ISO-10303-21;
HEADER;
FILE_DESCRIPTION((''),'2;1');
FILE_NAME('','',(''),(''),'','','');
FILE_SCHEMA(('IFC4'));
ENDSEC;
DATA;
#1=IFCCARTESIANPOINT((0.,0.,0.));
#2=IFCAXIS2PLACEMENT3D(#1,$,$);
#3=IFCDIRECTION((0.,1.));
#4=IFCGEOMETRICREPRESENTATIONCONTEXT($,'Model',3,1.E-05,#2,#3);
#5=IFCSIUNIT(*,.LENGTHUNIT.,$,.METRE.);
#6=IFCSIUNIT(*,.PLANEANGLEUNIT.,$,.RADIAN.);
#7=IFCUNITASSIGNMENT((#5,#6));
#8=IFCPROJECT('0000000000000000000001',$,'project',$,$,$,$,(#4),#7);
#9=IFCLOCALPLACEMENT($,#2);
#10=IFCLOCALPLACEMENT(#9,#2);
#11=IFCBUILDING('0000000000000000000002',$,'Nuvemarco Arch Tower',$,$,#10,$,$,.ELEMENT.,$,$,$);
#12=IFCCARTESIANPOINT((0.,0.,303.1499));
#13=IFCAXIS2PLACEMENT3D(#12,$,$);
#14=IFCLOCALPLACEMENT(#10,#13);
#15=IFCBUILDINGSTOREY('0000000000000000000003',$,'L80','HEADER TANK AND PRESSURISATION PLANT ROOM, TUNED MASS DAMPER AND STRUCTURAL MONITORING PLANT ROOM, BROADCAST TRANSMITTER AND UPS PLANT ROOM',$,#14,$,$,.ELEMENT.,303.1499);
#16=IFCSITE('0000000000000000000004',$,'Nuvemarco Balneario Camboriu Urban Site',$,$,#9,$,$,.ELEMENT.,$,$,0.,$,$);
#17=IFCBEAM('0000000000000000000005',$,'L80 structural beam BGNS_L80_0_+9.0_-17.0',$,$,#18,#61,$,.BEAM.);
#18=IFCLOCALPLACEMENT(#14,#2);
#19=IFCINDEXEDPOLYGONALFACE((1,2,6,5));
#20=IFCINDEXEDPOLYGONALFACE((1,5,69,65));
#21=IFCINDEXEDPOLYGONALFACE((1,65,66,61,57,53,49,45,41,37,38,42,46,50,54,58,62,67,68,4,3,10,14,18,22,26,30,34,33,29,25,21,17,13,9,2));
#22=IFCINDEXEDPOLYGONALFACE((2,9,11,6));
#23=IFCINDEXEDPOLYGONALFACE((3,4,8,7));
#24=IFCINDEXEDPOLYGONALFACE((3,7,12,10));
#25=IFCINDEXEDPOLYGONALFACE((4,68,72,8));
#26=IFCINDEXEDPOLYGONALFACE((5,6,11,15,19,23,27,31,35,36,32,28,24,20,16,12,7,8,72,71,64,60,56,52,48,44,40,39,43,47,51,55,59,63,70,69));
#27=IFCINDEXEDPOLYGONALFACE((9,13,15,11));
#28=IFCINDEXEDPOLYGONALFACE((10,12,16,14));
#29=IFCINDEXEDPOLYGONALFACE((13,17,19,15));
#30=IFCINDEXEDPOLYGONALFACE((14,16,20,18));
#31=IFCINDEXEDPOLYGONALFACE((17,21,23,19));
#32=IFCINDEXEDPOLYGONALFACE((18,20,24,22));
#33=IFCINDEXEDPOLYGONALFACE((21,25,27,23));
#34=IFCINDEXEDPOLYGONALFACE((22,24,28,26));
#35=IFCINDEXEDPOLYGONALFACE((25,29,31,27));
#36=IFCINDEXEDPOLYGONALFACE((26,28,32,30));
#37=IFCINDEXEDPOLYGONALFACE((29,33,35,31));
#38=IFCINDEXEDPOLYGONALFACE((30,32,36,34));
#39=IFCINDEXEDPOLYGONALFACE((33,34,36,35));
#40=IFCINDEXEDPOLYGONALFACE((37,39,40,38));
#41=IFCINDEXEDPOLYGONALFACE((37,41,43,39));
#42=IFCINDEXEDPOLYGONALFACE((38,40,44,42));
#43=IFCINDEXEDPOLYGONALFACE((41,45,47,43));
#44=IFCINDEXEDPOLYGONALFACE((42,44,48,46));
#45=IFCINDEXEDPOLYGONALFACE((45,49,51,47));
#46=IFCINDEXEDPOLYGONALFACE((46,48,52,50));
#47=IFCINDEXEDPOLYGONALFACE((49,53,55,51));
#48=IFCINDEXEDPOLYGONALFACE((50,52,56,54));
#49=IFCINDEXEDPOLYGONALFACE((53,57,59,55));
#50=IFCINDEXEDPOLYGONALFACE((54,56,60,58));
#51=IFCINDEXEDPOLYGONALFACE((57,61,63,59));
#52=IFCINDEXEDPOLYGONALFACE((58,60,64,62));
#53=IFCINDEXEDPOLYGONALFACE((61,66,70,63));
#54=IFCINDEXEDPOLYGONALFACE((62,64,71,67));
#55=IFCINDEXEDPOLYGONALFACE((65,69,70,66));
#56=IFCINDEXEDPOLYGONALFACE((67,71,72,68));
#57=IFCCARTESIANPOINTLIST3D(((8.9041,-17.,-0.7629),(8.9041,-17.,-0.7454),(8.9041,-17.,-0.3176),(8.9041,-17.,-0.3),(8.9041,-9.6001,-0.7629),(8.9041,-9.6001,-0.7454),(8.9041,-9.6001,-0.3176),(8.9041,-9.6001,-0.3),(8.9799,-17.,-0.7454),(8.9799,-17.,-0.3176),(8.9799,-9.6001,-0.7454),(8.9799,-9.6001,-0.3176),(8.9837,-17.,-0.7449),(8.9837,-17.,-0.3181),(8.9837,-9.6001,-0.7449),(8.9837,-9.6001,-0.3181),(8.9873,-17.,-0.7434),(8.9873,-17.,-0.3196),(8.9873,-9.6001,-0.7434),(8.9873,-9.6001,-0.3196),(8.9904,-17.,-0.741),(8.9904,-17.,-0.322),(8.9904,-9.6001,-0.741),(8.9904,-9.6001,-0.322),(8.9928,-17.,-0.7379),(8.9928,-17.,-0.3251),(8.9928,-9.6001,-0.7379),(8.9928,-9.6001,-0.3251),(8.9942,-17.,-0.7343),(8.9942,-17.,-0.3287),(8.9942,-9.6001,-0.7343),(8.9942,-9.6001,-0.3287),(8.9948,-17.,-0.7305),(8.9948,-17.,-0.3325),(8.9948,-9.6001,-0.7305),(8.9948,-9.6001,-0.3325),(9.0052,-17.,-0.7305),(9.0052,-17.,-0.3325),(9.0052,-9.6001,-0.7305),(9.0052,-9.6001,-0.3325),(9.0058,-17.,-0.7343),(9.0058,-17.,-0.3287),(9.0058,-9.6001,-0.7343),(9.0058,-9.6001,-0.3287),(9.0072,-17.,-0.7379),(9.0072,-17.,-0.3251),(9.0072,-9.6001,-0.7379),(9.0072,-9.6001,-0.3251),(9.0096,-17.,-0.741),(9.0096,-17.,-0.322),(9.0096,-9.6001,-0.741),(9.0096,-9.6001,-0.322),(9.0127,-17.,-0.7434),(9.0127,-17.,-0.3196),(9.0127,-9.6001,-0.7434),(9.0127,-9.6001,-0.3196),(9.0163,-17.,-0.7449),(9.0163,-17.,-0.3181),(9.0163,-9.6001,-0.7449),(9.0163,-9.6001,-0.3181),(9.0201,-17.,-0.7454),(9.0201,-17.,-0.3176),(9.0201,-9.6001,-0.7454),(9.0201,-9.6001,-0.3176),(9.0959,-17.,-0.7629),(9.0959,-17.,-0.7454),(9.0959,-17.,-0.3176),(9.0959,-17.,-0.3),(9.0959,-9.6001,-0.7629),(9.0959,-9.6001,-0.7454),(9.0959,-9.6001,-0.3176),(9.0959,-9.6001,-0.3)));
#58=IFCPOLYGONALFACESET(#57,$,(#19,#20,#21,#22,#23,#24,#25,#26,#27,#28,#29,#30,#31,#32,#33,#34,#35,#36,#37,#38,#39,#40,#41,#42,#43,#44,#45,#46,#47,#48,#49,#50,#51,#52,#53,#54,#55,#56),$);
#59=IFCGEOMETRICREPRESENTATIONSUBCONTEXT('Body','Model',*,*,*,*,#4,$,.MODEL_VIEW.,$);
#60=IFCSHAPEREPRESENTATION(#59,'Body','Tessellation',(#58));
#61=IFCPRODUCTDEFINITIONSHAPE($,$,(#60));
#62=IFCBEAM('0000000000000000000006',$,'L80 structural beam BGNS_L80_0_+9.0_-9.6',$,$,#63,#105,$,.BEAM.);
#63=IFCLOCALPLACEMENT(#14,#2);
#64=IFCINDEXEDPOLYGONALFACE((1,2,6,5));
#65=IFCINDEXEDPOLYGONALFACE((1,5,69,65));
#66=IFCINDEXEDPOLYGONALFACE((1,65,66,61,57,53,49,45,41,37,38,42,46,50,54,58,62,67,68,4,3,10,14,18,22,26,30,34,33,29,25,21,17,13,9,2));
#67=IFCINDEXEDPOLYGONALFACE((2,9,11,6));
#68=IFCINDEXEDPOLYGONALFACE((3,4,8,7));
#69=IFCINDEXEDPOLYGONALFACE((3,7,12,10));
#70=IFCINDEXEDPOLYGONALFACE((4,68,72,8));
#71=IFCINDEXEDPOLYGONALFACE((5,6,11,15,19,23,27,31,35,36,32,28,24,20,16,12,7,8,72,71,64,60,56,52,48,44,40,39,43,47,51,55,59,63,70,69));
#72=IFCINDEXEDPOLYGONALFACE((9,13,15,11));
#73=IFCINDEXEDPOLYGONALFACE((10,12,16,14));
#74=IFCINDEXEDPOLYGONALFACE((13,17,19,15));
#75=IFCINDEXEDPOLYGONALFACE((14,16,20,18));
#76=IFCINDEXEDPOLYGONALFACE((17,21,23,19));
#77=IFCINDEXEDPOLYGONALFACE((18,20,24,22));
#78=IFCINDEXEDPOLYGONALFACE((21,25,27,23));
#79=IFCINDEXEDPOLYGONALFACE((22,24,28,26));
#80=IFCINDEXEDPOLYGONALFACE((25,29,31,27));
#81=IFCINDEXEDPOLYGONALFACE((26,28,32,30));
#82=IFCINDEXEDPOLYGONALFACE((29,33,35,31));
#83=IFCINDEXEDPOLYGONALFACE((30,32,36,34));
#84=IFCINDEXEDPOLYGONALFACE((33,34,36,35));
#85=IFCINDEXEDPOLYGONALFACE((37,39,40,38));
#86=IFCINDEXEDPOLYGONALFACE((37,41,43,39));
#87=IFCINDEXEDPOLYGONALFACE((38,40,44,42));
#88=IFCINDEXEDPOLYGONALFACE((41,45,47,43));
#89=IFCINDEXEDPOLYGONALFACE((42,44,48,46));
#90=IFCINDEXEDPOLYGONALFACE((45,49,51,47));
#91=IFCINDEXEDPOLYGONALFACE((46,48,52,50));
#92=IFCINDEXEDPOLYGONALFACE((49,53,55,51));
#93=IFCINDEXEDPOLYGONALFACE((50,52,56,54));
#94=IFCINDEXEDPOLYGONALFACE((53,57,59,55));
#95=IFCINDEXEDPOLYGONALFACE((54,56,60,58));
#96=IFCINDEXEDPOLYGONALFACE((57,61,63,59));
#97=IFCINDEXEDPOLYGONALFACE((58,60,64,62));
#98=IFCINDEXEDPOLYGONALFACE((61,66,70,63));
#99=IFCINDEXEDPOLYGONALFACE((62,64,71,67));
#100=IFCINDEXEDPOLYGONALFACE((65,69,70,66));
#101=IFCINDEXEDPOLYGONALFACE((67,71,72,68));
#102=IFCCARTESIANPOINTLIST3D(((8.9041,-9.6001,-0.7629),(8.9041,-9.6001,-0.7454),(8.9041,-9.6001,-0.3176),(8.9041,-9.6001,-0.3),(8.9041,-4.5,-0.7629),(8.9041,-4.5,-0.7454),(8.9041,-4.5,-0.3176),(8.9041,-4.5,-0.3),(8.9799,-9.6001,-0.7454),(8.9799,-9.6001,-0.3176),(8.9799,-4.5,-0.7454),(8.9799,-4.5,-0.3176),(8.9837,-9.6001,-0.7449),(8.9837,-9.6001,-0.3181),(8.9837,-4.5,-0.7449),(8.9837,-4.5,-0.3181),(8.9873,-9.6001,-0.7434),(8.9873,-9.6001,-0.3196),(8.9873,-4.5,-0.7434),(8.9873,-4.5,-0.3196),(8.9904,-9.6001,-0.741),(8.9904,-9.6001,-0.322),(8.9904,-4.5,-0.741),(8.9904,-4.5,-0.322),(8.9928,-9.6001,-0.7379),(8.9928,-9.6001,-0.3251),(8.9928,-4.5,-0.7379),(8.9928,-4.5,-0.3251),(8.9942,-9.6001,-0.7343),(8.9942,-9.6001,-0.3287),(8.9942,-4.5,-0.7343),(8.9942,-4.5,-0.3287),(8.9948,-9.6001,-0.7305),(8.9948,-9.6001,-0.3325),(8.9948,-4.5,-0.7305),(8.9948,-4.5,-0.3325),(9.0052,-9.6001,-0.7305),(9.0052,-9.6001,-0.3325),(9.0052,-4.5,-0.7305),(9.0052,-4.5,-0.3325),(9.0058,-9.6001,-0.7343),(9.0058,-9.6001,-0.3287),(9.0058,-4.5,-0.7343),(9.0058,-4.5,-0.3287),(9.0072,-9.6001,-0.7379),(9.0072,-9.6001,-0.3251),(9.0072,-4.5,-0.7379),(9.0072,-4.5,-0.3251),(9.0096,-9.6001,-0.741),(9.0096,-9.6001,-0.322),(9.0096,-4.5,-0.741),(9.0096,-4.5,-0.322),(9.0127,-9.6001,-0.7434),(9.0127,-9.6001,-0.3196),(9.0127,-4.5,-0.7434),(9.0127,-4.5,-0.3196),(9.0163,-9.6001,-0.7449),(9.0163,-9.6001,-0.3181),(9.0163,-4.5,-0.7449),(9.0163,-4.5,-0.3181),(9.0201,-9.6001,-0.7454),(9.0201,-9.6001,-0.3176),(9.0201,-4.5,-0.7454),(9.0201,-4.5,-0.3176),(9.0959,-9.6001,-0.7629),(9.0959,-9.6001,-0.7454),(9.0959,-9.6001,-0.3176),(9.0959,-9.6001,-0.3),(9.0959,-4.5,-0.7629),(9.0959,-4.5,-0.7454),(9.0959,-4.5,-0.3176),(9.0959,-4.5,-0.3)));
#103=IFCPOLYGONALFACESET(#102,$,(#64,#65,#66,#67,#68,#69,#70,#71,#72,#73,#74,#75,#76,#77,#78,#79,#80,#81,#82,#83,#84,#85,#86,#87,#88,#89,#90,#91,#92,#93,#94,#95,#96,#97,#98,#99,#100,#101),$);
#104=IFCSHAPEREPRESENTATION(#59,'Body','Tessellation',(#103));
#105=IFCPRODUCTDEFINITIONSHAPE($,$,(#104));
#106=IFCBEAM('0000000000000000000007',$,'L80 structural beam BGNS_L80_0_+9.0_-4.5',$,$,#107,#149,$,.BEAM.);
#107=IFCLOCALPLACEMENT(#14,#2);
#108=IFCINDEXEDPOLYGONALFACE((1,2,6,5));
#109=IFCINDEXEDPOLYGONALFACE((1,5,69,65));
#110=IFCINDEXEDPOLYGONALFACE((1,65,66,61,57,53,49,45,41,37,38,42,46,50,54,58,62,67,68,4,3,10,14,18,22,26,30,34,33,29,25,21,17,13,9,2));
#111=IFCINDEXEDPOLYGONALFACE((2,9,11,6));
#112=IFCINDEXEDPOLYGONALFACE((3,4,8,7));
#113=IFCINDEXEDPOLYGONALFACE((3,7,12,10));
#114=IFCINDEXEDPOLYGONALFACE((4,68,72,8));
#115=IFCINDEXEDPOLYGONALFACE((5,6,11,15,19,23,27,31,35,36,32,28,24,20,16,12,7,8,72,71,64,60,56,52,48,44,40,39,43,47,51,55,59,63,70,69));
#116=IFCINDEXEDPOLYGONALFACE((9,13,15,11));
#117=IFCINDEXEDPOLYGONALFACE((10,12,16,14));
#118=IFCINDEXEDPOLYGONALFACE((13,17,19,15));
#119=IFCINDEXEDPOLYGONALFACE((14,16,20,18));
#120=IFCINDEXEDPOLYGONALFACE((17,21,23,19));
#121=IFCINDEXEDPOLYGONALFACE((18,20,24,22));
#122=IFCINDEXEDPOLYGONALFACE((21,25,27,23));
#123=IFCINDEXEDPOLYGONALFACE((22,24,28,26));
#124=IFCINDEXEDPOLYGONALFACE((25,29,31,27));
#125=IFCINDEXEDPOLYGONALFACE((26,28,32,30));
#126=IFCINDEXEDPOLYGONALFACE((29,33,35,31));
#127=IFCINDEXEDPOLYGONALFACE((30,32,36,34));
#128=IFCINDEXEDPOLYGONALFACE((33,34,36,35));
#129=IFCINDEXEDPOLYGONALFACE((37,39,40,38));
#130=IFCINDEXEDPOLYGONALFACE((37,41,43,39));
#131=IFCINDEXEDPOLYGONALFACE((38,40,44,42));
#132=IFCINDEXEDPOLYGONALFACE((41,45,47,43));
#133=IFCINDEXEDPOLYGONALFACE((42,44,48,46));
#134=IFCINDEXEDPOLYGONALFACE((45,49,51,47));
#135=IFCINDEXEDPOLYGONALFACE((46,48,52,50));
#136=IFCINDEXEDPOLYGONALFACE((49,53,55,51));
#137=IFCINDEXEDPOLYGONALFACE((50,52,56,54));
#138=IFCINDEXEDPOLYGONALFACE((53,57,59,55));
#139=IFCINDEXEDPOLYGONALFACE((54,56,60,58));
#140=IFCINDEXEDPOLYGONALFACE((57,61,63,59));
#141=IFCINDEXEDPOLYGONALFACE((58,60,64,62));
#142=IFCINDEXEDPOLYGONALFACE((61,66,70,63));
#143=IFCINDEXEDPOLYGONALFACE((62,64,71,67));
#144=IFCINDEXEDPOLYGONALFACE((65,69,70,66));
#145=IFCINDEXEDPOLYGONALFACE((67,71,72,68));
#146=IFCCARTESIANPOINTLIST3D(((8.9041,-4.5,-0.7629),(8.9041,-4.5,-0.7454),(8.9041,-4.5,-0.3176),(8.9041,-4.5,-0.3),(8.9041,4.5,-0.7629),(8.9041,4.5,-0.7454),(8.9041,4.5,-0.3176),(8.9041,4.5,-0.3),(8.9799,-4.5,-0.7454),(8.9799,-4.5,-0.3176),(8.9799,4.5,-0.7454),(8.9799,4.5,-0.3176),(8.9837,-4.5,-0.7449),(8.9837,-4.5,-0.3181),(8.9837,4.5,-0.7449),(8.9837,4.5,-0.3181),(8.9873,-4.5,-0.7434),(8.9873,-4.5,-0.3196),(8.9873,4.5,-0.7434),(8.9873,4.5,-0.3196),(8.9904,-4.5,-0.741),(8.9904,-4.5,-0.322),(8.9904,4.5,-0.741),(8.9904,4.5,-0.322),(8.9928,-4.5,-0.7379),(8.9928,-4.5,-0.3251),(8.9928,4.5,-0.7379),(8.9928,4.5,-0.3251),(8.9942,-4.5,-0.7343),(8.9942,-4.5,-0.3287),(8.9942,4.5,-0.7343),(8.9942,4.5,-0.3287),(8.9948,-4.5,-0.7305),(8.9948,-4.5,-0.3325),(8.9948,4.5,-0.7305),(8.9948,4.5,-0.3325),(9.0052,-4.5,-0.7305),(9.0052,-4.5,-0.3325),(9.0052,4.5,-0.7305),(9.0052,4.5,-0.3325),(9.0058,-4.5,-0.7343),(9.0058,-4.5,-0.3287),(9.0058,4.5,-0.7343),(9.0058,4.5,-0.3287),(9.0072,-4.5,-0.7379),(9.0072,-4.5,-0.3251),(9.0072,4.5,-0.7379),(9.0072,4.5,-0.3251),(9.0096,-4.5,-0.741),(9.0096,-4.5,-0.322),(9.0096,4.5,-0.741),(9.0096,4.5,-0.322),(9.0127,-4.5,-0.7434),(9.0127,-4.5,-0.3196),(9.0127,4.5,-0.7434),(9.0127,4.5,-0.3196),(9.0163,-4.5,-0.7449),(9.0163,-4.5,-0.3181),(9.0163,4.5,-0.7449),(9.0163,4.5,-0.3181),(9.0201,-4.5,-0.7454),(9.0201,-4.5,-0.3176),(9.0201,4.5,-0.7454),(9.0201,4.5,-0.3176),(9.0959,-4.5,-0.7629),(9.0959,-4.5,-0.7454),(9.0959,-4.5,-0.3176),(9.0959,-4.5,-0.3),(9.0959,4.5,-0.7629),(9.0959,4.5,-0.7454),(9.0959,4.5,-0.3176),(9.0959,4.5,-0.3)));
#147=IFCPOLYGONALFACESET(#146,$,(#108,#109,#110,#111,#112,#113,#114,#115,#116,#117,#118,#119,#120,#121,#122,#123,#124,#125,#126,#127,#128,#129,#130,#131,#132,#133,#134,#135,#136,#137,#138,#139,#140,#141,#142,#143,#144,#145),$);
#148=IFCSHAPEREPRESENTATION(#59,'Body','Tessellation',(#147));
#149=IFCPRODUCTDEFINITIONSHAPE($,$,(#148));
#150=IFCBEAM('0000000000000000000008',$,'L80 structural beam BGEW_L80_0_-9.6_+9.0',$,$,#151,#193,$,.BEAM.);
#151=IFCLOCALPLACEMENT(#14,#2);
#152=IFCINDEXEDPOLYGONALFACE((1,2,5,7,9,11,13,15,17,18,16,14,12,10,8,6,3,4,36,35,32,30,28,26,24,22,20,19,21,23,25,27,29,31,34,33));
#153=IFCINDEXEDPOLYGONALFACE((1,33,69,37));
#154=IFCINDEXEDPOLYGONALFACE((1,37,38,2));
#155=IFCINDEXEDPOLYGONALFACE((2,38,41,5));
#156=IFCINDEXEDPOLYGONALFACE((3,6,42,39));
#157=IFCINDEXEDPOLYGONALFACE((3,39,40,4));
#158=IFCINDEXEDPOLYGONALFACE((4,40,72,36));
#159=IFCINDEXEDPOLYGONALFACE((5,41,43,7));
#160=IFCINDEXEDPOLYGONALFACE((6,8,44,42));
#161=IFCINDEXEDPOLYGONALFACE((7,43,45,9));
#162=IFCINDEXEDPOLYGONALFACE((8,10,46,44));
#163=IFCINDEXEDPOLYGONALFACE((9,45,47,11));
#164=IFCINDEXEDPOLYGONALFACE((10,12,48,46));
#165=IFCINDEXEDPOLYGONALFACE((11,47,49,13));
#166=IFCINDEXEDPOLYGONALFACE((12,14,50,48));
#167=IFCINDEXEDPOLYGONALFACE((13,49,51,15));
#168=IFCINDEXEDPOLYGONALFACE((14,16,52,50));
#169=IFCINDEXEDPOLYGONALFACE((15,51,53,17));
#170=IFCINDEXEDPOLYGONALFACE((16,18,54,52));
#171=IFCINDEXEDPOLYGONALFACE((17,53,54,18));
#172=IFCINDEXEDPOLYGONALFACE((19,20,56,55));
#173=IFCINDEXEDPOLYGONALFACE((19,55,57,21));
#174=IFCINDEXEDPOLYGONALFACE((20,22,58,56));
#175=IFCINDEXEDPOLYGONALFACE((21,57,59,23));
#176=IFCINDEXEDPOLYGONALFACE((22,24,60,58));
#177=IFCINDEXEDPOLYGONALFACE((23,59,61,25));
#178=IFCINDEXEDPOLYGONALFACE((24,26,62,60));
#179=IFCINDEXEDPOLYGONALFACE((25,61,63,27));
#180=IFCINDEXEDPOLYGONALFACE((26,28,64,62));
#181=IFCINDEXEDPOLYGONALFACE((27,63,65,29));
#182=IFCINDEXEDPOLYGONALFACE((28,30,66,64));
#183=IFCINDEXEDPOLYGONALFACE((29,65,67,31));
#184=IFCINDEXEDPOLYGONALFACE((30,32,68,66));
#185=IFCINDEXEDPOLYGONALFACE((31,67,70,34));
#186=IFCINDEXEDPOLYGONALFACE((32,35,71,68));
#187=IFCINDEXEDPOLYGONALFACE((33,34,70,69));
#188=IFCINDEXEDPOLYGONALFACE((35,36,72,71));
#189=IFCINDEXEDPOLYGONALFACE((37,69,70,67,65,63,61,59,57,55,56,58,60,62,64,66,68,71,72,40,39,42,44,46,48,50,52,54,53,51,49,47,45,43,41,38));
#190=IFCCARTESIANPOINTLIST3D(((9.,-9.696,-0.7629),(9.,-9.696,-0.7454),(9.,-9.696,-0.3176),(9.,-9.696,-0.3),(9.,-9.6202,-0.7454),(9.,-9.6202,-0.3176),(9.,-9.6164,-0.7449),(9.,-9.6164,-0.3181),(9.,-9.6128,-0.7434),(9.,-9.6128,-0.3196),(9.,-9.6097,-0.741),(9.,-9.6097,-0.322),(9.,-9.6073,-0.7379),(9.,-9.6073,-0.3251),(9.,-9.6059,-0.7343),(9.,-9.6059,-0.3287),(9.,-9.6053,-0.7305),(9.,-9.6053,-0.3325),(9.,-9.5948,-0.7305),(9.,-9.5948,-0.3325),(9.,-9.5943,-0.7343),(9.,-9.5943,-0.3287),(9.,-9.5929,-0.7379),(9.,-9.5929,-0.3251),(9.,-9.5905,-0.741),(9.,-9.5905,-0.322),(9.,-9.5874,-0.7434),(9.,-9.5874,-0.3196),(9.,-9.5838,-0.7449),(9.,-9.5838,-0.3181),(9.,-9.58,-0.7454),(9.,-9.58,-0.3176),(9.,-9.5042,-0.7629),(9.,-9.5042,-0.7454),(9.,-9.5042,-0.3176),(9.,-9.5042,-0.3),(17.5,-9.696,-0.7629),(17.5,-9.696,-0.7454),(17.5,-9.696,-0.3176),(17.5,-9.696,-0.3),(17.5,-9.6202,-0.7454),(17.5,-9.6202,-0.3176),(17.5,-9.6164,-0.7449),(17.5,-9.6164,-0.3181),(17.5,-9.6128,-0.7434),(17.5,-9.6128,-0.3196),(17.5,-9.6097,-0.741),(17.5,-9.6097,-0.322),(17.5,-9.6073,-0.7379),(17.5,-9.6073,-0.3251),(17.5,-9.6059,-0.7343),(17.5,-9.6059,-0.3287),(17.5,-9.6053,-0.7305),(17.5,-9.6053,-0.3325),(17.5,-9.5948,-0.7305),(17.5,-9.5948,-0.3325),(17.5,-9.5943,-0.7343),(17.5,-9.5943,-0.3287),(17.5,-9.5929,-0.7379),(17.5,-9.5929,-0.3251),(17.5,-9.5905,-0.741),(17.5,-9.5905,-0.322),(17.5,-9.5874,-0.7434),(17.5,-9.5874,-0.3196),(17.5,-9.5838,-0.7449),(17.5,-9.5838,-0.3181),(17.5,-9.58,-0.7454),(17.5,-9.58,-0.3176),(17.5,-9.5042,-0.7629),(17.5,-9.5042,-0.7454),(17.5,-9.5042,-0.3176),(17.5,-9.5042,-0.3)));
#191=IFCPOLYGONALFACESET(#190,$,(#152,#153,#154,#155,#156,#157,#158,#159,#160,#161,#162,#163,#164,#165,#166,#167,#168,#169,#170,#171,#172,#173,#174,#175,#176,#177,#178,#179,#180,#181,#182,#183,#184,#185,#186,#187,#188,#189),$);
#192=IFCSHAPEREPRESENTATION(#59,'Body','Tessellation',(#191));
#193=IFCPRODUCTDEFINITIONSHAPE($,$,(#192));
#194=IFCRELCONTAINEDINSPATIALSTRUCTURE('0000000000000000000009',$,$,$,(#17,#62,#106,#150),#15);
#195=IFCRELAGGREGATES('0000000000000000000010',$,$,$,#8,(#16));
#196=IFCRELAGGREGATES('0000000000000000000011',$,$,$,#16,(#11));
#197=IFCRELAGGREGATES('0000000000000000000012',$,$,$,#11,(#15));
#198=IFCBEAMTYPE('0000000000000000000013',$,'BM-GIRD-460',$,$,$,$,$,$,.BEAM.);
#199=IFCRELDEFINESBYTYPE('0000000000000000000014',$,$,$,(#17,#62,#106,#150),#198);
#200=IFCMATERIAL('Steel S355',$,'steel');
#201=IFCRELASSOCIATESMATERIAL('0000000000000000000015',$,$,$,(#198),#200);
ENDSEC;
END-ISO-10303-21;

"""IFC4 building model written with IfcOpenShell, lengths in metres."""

from ifc_helpers import new_model, si_unit, direction, frame, origin, origin_2d, place, context, subcontext, project, spatial, i_section, extrude, material, material_profile, profile_set, type_object, element, save


model = new_model("IFC4")

# Units and contexts
model_context = context("Model", 3, precision=1e-05, world=origin(), true_north=direction((0.0, 1.0)))
body_context = subcontext(model_context, "Body", "Model", "MODEL_VIEW")
ifc_project = project(units=[si_unit("LENGTHUNIT", "METRE"), si_unit("PLANEANGLEUNIT", "RADIAN")], contexts=[model_context])

# Site, building, storey
site_placement = place(None, origin())
site = spatial("IfcSite", under=ifc_project, at=site_placement, Name="Nuvemarco Balneario Camboriu Urban Site", CompositionType="ELEMENT", RefElevation=0.0)
building_placement = place(site_placement, origin())
building = spatial("IfcBuilding", under=site, at=building_placement, Name="Nuvemarco Arch Tower", CompositionType="ELEMENT")
storey_placement = place(building_placement, frame((0.0, 0.0, 303.1499)))
storey = spatial("IfcBuildingStorey", under=building, at=storey_placement, Name="L80", Description="HEADER TANK AND PRESSURISATION PLANT ROOM, TUNED MASS DAMPER AND STRUCTURAL MONITORING PLANT ROOM, BROADCAST TRANSMITTER AND UPS PLANT ROOM", CompositionType="ELEMENT", Elevation=303.1499)

# Shared definitions
ifc_material_1 = material(Name="Steel S355", Category="steel")

# Beams
ifc_material_profile_1 = material_profile(ifc_material_1, i_section(OverallWidth=0.1919, OverallDepth=0.4629, WebThickness=0.0105, FlangeThickness=0.0176, FilletRadius=0.0149, at=origin_2d()), Name="W460x89")
ifc_profile_set_1 = profile_set([ifc_material_profile_1], Name="Steel S355")
beam_type_1 = type_object("IfcBeamType", Name="BM-GIRD-460", PredefinedType="BEAM", material=ifc_profile_set_1)
beam_1_placement = place(storey_placement, frame((9.0, -17.0, -0.5315), z_axis=(0.0, 1.0, 0.0), x_axis=(-1.0, 0.0, 0.0)))
element("IfcBeam", 1, at=beam_1_placement, inside=storey, type_object=beam_type_1, Name="L80 structural beam BGNS_L80_0_+9.0_-17.0", PredefinedType="BEAM", context=body_context, shape_type="SweptSolid", body=[
    extrude(i_section(OverallWidth=0.1919, OverallDepth=0.4629, WebThickness=0.0105, FlangeThickness=0.0176, FilletRadius=0.0149, at=origin_2d()), origin(), (0.0, 0.0, 1.0), 7.3999),
])
beam_2_placement = place(storey_placement, frame((9.0, -9.6001, -0.5315), z_axis=(0.0, 1.0, 0.0), x_axis=(-1.0, 0.0, 0.0)))
element("IfcBeam", 2, at=beam_2_placement, inside=storey, type_object=beam_type_1, Name="L80 structural beam BGNS_L80_0_+9.0_-9.6", PredefinedType="BEAM", context=body_context, shape_type="SweptSolid", body=[
    extrude(i_section(OverallWidth=0.1919, OverallDepth=0.4629, WebThickness=0.0105, FlangeThickness=0.0176, FilletRadius=0.0149, at=origin_2d()), origin(), (0.0, 0.0, 1.0), 5.1001),
])
beam_3_placement = place(storey_placement, frame((9.0, -4.5, -0.5315), z_axis=(0.0, 1.0, 0.0), x_axis=(-1.0, 0.0, 0.0)))
element("IfcBeam", 3, at=beam_3_placement, inside=storey, type_object=beam_type_1, Name="L80 structural beam BGNS_L80_0_+9.0_-4.5", PredefinedType="BEAM", context=body_context, shape_type="SweptSolid", body=[
    extrude(i_section(OverallWidth=0.1919, OverallDepth=0.4629, WebThickness=0.0105, FlangeThickness=0.0176, FilletRadius=0.0149, at=origin_2d()), origin(), (0.0, 0.0, 1.0), 9.0),
])
for number, where, z_axis, x_axis, name in (
    (4, (9.0, -9.6001, -0.5315), (1.0, 0.0, 0.0), (0.0, 1.0, 0.0), "L80 structural beam BGEW_L80_0_-9.6_+9.0"),
):
    element("IfcBeam", number, at=place(storey_placement, frame(where, z_axis=z_axis, x_axis=x_axis)), inside=storey, type_object=beam_type_1, Name=name, PredefinedType="BEAM", context=body_context, shape_type="SweptSolid", body=[
        extrude(i_section(OverallWidth=0.1919, OverallDepth=0.4629, WebThickness=0.0105, FlangeThickness=0.0176, FilletRadius=0.0149, at=origin_2d()), origin(), (0.0, 0.0, 1.0), 8.5),
    ])

save(model, "model.ifc")
